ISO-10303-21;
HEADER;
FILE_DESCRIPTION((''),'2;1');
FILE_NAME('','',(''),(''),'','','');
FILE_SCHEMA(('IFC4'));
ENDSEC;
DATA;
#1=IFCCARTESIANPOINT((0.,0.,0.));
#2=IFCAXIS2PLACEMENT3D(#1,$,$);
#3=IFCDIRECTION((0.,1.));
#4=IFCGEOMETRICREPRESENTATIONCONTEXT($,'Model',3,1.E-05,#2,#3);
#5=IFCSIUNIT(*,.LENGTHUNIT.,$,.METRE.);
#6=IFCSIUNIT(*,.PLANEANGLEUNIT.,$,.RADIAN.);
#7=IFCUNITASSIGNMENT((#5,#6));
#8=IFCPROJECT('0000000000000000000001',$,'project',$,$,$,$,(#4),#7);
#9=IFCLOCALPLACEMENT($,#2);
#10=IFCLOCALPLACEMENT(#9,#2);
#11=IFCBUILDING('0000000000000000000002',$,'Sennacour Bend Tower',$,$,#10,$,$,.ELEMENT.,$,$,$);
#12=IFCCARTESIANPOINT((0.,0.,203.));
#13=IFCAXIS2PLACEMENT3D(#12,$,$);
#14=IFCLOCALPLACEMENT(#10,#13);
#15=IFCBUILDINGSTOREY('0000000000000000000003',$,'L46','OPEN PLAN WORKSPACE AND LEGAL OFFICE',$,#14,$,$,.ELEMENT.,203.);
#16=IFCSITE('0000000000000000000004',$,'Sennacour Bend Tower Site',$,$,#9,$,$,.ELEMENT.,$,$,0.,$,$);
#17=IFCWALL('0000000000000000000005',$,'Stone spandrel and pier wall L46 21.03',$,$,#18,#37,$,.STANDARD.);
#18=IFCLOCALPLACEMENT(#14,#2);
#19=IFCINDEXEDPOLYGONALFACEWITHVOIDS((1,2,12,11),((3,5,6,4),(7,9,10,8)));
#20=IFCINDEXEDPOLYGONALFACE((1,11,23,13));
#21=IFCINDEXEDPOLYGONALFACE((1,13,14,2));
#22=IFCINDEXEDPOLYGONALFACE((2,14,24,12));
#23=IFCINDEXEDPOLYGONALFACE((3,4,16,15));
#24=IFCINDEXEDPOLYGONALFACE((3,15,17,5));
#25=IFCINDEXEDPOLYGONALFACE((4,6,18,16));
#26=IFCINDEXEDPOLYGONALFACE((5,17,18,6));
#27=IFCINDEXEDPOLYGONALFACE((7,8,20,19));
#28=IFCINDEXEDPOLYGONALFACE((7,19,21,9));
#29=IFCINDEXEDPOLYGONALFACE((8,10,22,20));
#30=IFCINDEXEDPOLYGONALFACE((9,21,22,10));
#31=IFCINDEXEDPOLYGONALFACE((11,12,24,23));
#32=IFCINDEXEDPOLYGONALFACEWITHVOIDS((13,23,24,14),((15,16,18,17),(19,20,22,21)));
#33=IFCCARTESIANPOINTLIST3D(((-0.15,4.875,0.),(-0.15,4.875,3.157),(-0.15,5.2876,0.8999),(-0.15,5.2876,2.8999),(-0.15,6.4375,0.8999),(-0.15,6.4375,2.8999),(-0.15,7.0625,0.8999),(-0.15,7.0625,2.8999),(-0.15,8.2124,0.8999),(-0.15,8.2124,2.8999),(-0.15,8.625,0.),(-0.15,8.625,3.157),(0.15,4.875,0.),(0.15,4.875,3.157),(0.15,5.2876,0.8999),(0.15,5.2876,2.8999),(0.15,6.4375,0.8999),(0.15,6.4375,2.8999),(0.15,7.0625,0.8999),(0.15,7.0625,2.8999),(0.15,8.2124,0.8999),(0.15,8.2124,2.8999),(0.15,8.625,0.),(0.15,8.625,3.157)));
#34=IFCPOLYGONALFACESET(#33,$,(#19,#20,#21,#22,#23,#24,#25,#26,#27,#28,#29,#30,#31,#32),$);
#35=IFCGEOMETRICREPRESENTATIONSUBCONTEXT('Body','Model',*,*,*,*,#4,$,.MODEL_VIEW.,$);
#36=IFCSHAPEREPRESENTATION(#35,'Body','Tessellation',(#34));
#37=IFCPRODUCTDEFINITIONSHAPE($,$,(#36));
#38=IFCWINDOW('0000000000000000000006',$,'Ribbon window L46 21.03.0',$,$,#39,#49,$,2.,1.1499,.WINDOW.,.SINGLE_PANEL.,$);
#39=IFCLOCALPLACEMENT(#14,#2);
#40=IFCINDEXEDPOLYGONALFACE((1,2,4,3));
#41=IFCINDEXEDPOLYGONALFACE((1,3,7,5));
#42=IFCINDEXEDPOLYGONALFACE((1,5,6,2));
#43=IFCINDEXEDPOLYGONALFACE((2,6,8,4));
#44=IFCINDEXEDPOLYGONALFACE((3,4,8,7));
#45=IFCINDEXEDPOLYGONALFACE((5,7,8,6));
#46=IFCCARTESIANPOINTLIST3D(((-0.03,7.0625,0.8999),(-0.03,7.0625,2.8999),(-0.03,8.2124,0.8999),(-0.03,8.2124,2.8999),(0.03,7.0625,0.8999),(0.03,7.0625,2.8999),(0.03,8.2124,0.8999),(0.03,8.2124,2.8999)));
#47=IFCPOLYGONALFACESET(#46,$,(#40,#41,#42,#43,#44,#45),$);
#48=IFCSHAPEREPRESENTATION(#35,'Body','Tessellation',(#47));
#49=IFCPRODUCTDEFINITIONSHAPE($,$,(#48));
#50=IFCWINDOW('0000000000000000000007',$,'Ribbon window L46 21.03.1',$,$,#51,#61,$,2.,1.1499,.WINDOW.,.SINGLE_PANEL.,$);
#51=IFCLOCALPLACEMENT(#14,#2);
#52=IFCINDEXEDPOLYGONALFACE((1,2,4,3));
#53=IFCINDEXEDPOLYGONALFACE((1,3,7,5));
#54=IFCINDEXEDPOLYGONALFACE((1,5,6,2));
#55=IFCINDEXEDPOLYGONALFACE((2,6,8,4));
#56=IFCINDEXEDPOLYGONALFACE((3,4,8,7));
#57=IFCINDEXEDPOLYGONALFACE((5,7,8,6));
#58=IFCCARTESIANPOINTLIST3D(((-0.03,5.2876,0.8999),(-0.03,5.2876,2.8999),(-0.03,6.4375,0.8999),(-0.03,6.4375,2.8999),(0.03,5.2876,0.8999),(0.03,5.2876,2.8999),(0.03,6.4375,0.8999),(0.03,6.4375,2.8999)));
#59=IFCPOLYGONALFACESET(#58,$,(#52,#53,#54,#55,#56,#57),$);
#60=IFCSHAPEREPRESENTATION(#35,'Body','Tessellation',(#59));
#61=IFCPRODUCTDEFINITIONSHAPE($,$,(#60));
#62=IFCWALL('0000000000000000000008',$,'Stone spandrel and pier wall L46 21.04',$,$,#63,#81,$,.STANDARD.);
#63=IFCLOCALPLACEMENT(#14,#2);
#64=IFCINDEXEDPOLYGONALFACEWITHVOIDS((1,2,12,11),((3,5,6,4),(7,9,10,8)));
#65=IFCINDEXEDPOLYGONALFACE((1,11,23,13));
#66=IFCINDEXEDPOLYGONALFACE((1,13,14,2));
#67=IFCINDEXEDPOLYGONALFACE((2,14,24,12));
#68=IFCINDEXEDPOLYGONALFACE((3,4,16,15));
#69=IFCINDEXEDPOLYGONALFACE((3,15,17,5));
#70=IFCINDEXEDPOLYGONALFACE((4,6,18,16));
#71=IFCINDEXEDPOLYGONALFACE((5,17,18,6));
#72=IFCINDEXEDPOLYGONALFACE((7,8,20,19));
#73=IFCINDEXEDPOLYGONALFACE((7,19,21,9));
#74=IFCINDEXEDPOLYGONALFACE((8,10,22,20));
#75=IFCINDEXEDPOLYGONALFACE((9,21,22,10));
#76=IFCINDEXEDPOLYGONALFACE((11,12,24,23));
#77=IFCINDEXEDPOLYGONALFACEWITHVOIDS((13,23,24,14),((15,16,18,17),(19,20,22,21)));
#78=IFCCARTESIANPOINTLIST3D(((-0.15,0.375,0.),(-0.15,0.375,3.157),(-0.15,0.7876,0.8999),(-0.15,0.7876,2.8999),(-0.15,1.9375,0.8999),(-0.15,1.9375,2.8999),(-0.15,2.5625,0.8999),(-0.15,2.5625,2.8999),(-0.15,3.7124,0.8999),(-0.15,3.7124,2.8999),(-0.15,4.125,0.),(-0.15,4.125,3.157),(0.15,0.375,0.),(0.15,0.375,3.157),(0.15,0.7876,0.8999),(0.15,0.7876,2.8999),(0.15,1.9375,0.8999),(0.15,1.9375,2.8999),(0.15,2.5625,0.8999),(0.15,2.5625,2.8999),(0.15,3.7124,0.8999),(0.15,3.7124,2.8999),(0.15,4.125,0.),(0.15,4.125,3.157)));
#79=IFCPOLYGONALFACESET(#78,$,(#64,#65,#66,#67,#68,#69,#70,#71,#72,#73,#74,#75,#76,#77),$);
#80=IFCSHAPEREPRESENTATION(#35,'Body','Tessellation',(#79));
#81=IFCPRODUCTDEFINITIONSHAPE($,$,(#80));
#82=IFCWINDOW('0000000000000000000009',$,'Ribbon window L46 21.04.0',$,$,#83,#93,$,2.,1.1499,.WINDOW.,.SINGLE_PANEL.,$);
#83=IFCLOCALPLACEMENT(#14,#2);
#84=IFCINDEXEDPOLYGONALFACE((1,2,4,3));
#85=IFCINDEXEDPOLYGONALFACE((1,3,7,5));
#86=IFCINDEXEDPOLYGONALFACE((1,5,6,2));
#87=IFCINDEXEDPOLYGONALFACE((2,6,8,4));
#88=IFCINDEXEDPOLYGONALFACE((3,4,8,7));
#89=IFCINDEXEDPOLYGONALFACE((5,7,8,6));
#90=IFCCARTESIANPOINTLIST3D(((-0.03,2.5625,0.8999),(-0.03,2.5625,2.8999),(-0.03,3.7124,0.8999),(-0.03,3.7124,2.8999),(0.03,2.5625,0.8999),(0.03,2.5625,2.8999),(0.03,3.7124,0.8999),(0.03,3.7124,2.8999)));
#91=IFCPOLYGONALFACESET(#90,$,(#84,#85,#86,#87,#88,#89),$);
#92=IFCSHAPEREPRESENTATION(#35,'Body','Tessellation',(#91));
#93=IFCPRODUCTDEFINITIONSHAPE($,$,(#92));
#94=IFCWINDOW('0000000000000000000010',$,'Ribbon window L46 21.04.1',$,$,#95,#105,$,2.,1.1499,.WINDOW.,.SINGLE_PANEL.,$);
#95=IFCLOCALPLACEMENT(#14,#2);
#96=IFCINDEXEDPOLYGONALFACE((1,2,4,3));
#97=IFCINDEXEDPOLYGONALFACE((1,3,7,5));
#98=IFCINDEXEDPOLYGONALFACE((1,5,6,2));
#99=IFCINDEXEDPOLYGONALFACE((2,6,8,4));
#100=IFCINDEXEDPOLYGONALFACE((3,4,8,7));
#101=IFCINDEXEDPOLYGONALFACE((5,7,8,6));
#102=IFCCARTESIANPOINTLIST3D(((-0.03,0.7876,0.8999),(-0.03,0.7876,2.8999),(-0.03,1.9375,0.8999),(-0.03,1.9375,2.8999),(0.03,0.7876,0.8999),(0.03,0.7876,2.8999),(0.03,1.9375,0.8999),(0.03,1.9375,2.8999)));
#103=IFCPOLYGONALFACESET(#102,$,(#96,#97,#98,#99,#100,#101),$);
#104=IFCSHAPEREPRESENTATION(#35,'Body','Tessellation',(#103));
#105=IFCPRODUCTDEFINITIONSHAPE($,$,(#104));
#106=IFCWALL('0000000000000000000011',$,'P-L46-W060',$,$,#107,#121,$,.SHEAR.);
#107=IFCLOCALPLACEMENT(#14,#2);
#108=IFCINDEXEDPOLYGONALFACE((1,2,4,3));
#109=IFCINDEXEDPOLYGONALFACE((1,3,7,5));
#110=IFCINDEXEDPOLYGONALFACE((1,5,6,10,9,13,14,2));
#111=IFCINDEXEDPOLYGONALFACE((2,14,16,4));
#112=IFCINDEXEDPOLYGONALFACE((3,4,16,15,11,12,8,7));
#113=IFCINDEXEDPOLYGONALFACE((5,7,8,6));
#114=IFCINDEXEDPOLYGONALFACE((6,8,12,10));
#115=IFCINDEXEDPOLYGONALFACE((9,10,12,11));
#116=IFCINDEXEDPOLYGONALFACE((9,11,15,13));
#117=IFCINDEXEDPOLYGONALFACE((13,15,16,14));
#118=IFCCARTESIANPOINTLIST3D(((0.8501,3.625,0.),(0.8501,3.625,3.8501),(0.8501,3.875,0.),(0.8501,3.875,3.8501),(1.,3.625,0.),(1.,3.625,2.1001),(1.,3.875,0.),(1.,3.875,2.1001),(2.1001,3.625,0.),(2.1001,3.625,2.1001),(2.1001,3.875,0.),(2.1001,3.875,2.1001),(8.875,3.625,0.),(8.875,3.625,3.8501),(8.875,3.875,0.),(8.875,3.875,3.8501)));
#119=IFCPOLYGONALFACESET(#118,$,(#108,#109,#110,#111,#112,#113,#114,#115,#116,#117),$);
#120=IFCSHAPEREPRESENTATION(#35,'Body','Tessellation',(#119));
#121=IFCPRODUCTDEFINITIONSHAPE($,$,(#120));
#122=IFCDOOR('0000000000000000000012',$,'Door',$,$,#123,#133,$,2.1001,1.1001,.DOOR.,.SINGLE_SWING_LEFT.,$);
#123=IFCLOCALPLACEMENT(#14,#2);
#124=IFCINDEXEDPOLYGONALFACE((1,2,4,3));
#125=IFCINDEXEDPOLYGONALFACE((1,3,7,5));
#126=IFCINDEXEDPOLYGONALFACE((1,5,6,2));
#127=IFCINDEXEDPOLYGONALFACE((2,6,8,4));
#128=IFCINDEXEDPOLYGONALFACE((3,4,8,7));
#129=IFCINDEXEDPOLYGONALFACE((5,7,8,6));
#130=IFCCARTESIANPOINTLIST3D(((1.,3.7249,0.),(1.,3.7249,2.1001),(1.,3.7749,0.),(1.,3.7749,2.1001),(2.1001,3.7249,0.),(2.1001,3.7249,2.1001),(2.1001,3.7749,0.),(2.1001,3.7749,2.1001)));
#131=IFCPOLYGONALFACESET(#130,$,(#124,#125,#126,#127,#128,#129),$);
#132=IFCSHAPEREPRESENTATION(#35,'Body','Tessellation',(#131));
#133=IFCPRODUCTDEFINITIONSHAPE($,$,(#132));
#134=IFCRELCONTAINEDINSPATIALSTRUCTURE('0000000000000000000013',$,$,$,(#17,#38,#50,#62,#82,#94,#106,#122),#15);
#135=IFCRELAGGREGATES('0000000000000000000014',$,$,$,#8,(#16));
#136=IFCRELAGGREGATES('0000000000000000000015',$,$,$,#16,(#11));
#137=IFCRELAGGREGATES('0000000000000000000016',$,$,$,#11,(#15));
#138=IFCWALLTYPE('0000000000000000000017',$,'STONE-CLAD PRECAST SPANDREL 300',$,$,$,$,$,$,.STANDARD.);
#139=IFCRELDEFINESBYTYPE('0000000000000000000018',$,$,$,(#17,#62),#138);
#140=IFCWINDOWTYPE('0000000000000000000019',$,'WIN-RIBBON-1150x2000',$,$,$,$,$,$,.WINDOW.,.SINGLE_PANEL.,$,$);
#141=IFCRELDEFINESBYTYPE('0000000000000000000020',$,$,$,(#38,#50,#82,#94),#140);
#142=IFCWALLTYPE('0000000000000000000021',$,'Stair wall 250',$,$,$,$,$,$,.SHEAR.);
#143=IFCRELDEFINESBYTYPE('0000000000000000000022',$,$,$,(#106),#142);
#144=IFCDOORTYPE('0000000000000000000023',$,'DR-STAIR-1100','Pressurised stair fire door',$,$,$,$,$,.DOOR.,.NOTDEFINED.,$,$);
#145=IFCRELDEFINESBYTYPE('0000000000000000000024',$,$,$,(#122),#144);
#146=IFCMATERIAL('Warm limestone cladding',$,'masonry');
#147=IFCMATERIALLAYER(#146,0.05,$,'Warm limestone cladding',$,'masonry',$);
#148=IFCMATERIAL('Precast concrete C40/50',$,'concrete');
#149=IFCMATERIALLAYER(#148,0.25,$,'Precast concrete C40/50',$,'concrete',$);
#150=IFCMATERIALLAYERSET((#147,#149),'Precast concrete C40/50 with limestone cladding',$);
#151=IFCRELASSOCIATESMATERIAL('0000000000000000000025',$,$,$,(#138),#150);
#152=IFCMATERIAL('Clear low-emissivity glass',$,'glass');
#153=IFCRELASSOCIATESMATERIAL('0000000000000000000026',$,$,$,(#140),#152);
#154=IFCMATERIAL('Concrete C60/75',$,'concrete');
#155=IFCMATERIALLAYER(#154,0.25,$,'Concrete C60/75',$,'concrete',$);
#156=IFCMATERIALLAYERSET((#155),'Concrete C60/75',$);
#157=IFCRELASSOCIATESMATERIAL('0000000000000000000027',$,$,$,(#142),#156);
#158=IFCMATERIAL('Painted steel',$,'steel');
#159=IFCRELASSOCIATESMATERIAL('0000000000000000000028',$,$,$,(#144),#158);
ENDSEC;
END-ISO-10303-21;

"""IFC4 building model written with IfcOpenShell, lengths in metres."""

from ifc_helpers import new_model, si_unit, direction, frame, frame_2d, origin, place, context, subcontext, project, spatial, rectangle, extrude, material, layer, layer_set, type_object, element, fill, save


model = new_model("IFC4")

# Units and contexts
model_context = context("Model", 3, precision=1e-05, world=origin(), true_north=direction((0.0, 1.0)))
body_context = subcontext(model_context, "Body", "Model", "MODEL_VIEW")
ifc_project = project(units=[si_unit("LENGTHUNIT", "METRE"), si_unit("PLANEANGLEUNIT", "RADIAN")], contexts=[model_context])

# Site, building, storey
site_placement = place(None, origin())
site = spatial("IfcSite", under=ifc_project, at=site_placement, Name="Sennacour Bend Tower Site", CompositionType="ELEMENT", RefElevation=0.0)
building_placement = place(site_placement, origin())
building = spatial("IfcBuilding", under=site, at=building_placement, Name="Sennacour Bend Tower", CompositionType="ELEMENT")
storey_placement = place(building_placement, frame((0.0, 0.0, 203.0)))
storey = spatial("IfcBuildingStorey", under=building, at=storey_placement, Name="L46", Description="OPEN PLAN WORKSPACE AND LEGAL OFFICE", CompositionType="ELEMENT", Elevation=203.0)

# Walls, openings, windows
ifc_material_1 = material(Name="Warm limestone cladding", Category="masonry")
ifc_layer_1 = layer(ifc_material_1, 0.05, Name="Warm limestone cladding", Category="masonry")
ifc_material_2 = material(Name="Precast concrete C40/50", Category="concrete")
ifc_layer_2 = layer(ifc_material_2, 0.25, Name="Precast concrete C40/50", Category="concrete")
ifc_layer_set_1 = layer_set([ifc_layer_1, ifc_layer_2], Name="Precast concrete C40/50 with limestone cladding")
wall_type_1 = type_object("IfcWallType", Name="STONE-CLAD PRECAST SPANDREL 300", PredefinedType="STANDARD", material=ifc_layer_set_1)
wall_1_placement = place(storey_placement, frame((0.0, 8.625, 0.0), z_axis=(0.0, 0.0, 1.0), x_axis=(0.0, -1.0, 0.0)))
wall_1 = element("IfcWall", 1, at=wall_1_placement, inside=storey, type_object=wall_type_1, Name="Stone spandrel and pier wall L46 21.03", PredefinedType="STANDARD", context=body_context, shape_type="SweptSolid", body=[
    extrude(rectangle(XDim=3.75, YDim=0.3, at=frame_2d((1.875, 0.0))), origin(), (0.0, 0.0, 1.0), 3.157),
])
opening_1_placement = place(wall_1_placement, frame((0.4126, 0.0, 0.8999)))
opening_1 = element("IfcOpeningElement", 2, at=opening_1_placement, cuts=wall_1, PredefinedType="OPENING", context=body_context, shape_type="SweptSolid", body=[
    extrude(rectangle(XDim=1.1499, YDim=2.0, at=frame_2d((0.575, 1.0))), frame((0.0, 0.1602, 0.0), z_axis=(0.0, -1.0, 0.0), x_axis=(1.0, 0.0, 0.0)), (0.0, 0.0, 1.0), 0.3201),
])
opening_2_placement = place(wall_1_placement, frame((2.1875, 0.0, 0.8999)))
opening_2 = element("IfcOpeningElement", 3, at=opening_2_placement, cuts=wall_1, PredefinedType="OPENING", context=body_context, shape_type="SweptSolid", body=[
    extrude(rectangle(XDim=1.1499, YDim=2.0, at=frame_2d((0.575, 1.0))), frame((0.0, 0.1602, 0.0), z_axis=(0.0, -1.0, 0.0), x_axis=(1.0, 0.0, 0.0)), (0.0, 0.0, 1.0), 0.3201),
])
ifc_material_3 = material(Name="Clear low-emissivity glass", Category="glass")
window_type = type_object("IfcWindowType", Name="WIN-RIBBON-1150x2000", PartitioningType="SINGLE_PANEL", PredefinedType="WINDOW", material=ifc_material_3)
window_1_placement = place(opening_1_placement, origin())
window_1 = element("IfcWindow", 4, at=window_1_placement, inside=storey, type_object=window_type, Name="Ribbon window L46 21.03.0", OverallHeight=2.0, OverallWidth=1.1499, PartitioningType="SINGLE_PANEL", PredefinedType="WINDOW", context=body_context, shape_type="SweptSolid", body=[
    extrude(rectangle(XDim=1.1499, YDim=2.0, at=frame_2d((0.575, 1.0))), frame((0.0, 0.03, 0.0), z_axis=(0.0, -1.0, 0.0), x_axis=(1.0, 0.0, 0.0)), (0.0, 0.0, 1.0), 0.0601),
])
fill(opening_1, window_1)
window_2_placement = place(opening_2_placement, origin())
window_2 = element("IfcWindow", 5, at=window_2_placement, inside=storey, type_object=window_type, Name="Ribbon window L46 21.03.1", OverallHeight=2.0, OverallWidth=1.1499, PartitioningType="SINGLE_PANEL", PredefinedType="WINDOW", context=body_context, shape_type="SweptSolid", body=[
    extrude(rectangle(XDim=1.1499, YDim=2.0, at=frame_2d((0.575, 1.0))), frame((0.0, 0.03, 0.0), z_axis=(0.0, -1.0, 0.0), x_axis=(1.0, 0.0, 0.0)), (0.0, 0.0, 1.0), 0.0601),
])
fill(opening_2, window_2)
wall_2_placement = place(storey_placement, frame((0.0, 4.125, 0.0), z_axis=(0.0, 0.0, 1.0), x_axis=(0.0, -1.0, 0.0)))
wall_2 = element("IfcWall", 6, at=wall_2_placement, inside=storey, type_object=wall_type_1, Name="Stone spandrel and pier wall L46 21.04", PredefinedType="STANDARD", context=body_context, shape_type="SweptSolid", body=[
    extrude(rectangle(XDim=3.75, YDim=0.3, at=frame_2d((1.875, 0.0))), origin(), (0.0, 0.0, 1.0), 3.157),
])
opening_3_placement = place(wall_2_placement, frame((0.4126, 0.0, 0.8999)))
opening_3 = element("IfcOpeningElement", 7, at=opening_3_placement, cuts=wall_2, PredefinedType="OPENING", context=body_context, shape_type="SweptSolid", body=[
    extrude(rectangle(XDim=1.1499, YDim=2.0, at=frame_2d((0.575, 1.0))), frame((0.0, 0.1602, 0.0), z_axis=(0.0, -1.0, 0.0), x_axis=(1.0, 0.0, 0.0)), (0.0, 0.0, 1.0), 0.3201),
])
opening_4_placement = place(wall_2_placement, frame((2.1875, 0.0, 0.8999)))
opening_4 = element("IfcOpeningElement", 8, at=opening_4_placement, cuts=wall_2, PredefinedType="OPENING", context=body_context, shape_type="SweptSolid", body=[
    extrude(rectangle(XDim=1.1499, YDim=2.0, at=frame_2d((0.575, 1.0))), frame((0.0, 0.1602, 0.0), z_axis=(0.0, -1.0, 0.0), x_axis=(1.0, 0.0, 0.0)), (0.0, 0.0, 1.0), 0.3201),
])
window_3_placement = place(opening_3_placement, origin())
window_3 = element("IfcWindow", 9, at=window_3_placement, inside=storey, type_object=window_type, Name="Ribbon window L46 21.04.0", OverallHeight=2.0, OverallWidth=1.1499, PartitioningType="SINGLE_PANEL", PredefinedType="WINDOW", context=body_context, shape_type="SweptSolid", body=[
    extrude(rectangle(XDim=1.1499, YDim=2.0, at=frame_2d((0.575, 1.0))), frame((0.0, 0.03, 0.0), z_axis=(0.0, -1.0, 0.0), x_axis=(1.0, 0.0, 0.0)), (0.0, 0.0, 1.0), 0.0601),
])
fill(opening_3, window_3)
window_4_placement = place(opening_4_placement, origin())
window_4 = element("IfcWindow", 10, at=window_4_placement, inside=storey, type_object=window_type, Name="Ribbon window L46 21.04.1", OverallHeight=2.0, OverallWidth=1.1499, PartitioningType="SINGLE_PANEL", PredefinedType="WINDOW", context=body_context, shape_type="SweptSolid", body=[
    extrude(rectangle(XDim=1.1499, YDim=2.0, at=frame_2d((0.575, 1.0))), frame((0.0, 0.03, 0.0), z_axis=(0.0, -1.0, 0.0), x_axis=(1.0, 0.0, 0.0)), (0.0, 0.0, 1.0), 0.0601),
])
fill(opening_4, window_4)

# Wall, opening, door
ifc_material_4 = material(Name="Concrete C60/75", Category="concrete")
ifc_layer_3 = layer(ifc_material_4, 0.25, Name="Concrete C60/75", Category="concrete")
ifc_layer_set_2 = layer_set([ifc_layer_3], Name="Concrete C60/75")
wall_type_2 = type_object("IfcWallType", Name="Stair wall 250", PredefinedType="SHEAR", material=ifc_layer_set_2)
wall_3_placement = place(storey_placement, frame((0.8501, 3.75, 0.0), z_axis=(0.0, 0.0, 1.0), x_axis=(1.0, 0.0, 0.0)))
wall_3 = element("IfcWall", 11, at=wall_3_placement, inside=storey, type_object=wall_type_2, Name="P-L46-W060", PredefinedType="SHEAR", context=body_context, shape_type="SweptSolid", body=[
    extrude(rectangle(XDim=8.0249, YDim=0.25, at=frame_2d((4.0125, 0.0))), origin(), (0.0, 0.0, 1.0), 3.8501),
])
opening_5_placement = place(wall_3_placement, frame((0.1499, 0.0, 0.0)))
opening_5 = element("IfcOpeningElement", 12, at=opening_5_placement, cuts=wall_3, PredefinedType="OPENING", context=body_context, shape_type="SweptSolid", body=[
    extrude(rectangle(XDim=1.1001, YDim=2.1001, at=frame_2d((0.55, 1.05))), frame((0.0, 0.135, 0.0), z_axis=(0.0, -1.0, 0.0), x_axis=(1.0, 0.0, 0.0)), (0.0, 0.0, 1.0), 0.27),
])
ifc_material_5 = material(Name="Painted steel", Category="steel")
door_type = type_object("IfcDoorType", Name="DR-STAIR-1100", Description="Pressurised stair fire door", OperationType="NOTDEFINED", PredefinedType="DOOR", material=ifc_material_5)
door_placement = place(opening_5_placement, origin())
door = element("IfcDoor", 13, at=door_placement, inside=storey, type_object=door_type, Name="Door", OperationType="SINGLE_SWING_LEFT", OverallHeight=2.1001, OverallWidth=1.1001, PredefinedType="DOOR", context=body_context, shape_type="SweptSolid", body=[
    extrude(rectangle(XDim=1.1001, YDim=2.1001, at=frame_2d((0.55, 1.05))), frame((0.0, 0.0249, 0.0), z_axis=(0.0, -1.0, 0.0), x_axis=(1.0, 0.0, 0.0)), (0.0, 0.0, 1.0), 0.05),
])
fill(opening_5, door)

save(model, "model.ifc")
